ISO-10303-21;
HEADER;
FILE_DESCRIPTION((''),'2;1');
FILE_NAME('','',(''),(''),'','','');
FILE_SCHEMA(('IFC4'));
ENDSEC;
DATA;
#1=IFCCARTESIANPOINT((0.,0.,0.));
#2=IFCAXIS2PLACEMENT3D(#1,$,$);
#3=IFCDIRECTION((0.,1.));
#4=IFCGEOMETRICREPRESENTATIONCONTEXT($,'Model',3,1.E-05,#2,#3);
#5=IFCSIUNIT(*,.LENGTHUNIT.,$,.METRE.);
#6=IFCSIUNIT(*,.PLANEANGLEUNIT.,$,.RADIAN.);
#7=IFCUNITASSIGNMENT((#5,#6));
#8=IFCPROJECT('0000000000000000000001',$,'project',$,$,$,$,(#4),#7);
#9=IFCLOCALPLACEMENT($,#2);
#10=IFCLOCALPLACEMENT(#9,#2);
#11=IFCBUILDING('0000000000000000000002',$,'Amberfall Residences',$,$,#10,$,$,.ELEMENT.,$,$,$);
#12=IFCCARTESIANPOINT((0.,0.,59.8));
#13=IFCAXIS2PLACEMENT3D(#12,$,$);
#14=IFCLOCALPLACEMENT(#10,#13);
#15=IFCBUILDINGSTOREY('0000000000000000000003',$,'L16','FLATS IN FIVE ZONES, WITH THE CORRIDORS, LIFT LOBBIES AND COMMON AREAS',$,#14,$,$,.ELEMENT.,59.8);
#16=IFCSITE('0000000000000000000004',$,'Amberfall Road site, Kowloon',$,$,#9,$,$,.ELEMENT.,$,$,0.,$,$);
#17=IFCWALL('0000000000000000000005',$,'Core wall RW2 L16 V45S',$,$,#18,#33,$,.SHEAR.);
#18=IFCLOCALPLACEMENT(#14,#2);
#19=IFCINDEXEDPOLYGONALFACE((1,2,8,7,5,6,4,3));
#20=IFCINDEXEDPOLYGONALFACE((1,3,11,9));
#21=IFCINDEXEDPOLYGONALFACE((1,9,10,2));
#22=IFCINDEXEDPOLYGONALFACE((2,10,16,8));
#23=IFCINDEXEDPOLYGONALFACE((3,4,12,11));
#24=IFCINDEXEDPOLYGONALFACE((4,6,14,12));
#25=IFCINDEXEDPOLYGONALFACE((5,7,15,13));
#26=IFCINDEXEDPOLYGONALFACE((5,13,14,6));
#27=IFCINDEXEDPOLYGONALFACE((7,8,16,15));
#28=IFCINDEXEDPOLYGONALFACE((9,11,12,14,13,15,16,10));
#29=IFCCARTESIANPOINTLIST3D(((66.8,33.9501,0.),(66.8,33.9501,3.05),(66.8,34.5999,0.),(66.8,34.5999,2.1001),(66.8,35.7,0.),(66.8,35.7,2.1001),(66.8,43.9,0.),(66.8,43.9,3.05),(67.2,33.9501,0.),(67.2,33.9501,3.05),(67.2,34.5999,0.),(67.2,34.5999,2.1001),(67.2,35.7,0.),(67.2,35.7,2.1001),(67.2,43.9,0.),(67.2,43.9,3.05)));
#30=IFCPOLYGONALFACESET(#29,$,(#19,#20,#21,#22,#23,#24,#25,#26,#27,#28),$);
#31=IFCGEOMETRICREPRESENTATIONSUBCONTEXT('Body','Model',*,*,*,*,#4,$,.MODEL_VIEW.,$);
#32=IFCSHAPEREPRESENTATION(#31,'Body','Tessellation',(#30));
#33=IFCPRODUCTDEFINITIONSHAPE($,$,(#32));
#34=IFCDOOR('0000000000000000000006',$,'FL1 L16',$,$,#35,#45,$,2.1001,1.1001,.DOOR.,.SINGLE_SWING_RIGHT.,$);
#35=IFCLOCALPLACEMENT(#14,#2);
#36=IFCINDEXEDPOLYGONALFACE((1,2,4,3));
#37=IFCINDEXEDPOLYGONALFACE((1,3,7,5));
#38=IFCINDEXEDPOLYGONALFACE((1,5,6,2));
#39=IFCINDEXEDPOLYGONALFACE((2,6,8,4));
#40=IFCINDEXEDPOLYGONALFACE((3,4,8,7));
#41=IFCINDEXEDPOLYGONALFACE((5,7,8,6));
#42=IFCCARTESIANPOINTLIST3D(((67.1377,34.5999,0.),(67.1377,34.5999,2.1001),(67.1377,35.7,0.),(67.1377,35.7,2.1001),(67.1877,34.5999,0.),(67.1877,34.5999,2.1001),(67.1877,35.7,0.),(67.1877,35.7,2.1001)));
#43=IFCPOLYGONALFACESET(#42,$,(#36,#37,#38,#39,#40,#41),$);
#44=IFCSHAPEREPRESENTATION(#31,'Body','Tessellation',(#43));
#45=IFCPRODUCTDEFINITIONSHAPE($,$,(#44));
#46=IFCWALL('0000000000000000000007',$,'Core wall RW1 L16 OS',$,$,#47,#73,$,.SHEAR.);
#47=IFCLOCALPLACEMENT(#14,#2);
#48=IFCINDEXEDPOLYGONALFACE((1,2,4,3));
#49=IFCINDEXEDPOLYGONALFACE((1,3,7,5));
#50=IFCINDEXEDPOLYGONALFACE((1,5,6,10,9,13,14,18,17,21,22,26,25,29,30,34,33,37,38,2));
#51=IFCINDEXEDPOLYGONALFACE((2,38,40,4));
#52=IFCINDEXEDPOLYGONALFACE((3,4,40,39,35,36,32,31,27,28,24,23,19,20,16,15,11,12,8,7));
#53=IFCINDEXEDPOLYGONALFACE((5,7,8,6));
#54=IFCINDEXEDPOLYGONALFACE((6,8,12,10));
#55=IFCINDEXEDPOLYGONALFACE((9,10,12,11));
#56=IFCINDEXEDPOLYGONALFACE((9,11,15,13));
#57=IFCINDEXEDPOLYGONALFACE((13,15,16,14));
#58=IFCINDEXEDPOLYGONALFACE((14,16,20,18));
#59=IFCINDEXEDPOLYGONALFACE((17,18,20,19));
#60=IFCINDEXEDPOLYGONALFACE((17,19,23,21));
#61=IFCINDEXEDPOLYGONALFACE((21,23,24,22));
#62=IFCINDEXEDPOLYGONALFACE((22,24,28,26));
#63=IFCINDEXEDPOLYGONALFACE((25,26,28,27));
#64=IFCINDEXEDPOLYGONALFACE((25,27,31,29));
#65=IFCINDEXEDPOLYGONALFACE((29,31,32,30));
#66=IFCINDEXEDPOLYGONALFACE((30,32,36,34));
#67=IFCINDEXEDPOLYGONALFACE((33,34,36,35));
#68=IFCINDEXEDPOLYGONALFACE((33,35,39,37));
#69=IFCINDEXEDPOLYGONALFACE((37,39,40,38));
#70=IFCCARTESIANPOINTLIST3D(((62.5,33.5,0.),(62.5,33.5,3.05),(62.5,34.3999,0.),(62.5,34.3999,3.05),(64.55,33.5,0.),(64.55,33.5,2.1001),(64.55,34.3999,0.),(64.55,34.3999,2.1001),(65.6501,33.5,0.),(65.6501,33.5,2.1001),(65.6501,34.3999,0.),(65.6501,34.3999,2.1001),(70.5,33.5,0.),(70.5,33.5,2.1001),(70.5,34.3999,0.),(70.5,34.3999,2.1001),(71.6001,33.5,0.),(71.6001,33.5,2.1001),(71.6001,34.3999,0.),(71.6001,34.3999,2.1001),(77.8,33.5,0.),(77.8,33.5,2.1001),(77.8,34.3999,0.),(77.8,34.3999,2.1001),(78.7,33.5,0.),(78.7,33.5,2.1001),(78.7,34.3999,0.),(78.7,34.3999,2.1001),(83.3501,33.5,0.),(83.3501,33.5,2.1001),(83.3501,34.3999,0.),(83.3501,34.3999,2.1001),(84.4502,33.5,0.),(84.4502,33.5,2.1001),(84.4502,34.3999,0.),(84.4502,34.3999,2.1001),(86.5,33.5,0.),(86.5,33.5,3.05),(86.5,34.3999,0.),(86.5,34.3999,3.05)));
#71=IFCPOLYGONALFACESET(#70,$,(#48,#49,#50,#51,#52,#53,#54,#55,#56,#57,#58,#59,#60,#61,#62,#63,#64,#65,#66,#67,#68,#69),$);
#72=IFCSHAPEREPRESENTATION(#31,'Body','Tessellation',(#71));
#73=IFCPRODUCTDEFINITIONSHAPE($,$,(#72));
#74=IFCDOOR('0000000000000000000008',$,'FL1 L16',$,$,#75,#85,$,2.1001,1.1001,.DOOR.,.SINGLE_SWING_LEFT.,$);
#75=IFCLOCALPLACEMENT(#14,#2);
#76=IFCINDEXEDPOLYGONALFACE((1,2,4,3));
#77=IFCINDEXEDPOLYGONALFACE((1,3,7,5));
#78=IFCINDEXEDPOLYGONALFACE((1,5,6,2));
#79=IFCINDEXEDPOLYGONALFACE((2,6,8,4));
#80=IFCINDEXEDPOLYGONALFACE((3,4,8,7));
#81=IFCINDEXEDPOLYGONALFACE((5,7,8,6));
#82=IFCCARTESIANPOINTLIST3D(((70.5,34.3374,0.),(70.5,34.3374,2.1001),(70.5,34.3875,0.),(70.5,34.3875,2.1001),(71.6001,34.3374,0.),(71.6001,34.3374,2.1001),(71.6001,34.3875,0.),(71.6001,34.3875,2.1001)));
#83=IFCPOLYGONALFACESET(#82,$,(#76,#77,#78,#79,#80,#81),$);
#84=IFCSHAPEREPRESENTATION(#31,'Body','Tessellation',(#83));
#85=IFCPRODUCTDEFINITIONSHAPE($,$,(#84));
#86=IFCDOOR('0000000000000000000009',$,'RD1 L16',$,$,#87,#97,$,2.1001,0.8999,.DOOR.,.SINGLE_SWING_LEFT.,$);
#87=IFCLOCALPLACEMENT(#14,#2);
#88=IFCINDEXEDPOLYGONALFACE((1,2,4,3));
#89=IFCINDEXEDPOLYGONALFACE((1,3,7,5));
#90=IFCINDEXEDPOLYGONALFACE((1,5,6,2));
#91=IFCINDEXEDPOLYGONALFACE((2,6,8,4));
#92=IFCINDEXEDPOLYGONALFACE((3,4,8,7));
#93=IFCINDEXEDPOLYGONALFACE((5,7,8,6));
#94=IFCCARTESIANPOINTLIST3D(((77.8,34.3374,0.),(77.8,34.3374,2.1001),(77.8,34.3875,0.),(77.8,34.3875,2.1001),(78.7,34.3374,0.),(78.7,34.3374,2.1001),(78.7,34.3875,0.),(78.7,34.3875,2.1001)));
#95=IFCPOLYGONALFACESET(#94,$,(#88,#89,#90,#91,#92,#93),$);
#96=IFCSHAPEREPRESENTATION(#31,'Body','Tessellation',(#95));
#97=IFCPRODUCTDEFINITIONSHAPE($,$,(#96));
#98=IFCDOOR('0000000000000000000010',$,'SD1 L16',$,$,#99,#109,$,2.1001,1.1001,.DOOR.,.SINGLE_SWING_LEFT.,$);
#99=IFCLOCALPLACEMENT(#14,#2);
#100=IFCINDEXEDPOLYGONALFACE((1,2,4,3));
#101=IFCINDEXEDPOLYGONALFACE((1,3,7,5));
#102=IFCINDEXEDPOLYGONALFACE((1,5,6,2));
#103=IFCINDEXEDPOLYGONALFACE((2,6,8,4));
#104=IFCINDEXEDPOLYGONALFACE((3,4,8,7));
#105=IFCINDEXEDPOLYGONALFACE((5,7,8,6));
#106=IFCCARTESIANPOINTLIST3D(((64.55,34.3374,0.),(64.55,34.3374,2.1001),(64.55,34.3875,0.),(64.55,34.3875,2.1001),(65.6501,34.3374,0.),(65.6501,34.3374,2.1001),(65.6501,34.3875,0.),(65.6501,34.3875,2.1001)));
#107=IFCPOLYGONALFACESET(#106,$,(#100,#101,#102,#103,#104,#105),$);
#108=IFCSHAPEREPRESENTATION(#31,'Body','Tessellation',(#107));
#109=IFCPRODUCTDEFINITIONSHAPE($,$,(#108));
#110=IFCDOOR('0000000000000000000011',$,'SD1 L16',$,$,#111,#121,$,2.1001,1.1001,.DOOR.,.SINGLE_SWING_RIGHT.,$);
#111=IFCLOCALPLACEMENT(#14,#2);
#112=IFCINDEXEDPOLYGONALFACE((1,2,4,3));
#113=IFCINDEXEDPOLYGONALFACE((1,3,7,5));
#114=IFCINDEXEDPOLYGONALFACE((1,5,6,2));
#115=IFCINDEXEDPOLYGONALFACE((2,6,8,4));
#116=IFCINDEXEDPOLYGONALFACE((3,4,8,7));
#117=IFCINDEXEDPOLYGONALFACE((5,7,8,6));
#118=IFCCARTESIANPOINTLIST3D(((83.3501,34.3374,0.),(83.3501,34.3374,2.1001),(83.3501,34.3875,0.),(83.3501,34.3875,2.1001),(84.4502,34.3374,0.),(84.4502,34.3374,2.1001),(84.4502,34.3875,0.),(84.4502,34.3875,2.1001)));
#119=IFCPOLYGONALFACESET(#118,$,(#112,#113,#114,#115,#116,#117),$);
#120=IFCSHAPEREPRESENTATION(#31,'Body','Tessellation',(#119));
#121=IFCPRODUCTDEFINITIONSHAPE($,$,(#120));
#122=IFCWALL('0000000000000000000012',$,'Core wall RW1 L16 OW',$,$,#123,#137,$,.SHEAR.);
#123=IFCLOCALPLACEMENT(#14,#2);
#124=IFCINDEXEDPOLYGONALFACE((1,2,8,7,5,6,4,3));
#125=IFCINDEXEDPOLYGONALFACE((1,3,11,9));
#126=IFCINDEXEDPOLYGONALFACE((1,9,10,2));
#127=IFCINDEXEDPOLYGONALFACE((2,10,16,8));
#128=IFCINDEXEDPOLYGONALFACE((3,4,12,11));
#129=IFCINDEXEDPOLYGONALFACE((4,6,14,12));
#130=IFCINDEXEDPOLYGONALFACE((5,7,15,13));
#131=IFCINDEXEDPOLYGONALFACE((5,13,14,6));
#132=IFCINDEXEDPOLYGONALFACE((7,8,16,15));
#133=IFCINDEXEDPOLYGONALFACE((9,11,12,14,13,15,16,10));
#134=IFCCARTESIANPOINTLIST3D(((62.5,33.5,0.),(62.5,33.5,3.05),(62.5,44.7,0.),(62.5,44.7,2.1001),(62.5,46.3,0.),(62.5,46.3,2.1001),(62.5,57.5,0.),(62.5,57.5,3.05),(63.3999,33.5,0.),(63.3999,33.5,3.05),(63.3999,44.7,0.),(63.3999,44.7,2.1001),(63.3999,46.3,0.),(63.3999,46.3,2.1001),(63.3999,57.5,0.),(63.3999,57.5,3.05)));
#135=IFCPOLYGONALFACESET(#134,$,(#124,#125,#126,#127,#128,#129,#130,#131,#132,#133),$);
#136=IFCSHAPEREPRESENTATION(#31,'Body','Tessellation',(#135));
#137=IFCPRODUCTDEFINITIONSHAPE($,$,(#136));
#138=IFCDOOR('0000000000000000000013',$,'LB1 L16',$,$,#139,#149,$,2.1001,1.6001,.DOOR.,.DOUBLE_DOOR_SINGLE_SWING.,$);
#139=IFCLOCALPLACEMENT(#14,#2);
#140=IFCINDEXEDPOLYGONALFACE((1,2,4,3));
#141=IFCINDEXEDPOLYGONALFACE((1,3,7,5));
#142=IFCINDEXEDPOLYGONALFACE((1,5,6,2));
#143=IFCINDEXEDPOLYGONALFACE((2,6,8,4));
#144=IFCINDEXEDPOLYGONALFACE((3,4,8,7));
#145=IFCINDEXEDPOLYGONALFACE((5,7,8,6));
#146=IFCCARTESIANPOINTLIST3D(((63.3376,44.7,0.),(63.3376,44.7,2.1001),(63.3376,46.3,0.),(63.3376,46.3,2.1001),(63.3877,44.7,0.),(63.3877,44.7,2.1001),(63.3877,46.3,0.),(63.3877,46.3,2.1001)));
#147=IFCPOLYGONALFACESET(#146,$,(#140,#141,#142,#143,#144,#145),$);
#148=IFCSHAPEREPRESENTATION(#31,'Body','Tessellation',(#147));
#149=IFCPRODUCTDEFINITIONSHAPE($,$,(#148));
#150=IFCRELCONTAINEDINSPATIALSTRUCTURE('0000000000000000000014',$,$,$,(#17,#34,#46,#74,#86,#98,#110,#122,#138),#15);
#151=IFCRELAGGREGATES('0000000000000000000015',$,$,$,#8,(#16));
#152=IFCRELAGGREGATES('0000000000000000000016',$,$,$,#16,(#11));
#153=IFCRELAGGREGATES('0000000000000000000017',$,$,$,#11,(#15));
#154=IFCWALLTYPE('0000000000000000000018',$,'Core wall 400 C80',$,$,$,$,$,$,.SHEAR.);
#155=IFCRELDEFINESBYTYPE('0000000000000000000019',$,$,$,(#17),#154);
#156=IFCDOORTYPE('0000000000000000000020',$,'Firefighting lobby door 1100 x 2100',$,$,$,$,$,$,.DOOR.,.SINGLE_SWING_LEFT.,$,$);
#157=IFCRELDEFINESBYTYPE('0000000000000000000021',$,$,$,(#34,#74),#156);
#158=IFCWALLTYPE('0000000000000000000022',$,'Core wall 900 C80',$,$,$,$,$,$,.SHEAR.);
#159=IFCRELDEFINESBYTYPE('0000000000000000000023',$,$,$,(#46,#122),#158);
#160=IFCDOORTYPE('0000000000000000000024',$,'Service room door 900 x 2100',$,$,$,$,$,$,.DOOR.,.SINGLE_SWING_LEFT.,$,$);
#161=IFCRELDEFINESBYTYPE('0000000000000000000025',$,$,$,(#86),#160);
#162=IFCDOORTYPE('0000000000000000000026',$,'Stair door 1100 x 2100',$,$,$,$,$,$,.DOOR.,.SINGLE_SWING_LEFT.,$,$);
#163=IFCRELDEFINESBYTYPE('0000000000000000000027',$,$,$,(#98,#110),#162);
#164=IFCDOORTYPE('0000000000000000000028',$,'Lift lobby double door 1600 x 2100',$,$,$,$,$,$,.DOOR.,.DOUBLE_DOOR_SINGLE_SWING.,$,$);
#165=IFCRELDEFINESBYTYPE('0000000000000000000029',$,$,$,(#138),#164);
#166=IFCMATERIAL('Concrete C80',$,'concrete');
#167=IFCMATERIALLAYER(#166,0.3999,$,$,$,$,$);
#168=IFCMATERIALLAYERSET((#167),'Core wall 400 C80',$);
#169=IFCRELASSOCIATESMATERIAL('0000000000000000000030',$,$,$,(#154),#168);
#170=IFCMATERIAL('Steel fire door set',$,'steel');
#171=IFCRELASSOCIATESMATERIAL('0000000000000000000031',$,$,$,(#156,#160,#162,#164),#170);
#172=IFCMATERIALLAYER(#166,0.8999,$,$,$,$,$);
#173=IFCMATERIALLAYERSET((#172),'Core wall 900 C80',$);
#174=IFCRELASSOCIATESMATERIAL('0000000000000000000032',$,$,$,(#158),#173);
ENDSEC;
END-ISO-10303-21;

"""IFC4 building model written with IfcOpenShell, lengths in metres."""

from ifc_helpers import new_model, si_unit, direction, frame, frame_2d, origin, place, context, subcontext, project, spatial, rectangle, extrude, material, layer, layer_set, type_object, element, fill, save


model = new_model("IFC4")

# Units and contexts
model_context = context("Model", 3, precision=1e-05, world=origin(), true_north=direction((0.0, 1.0)))
body_context = subcontext(model_context, "Body", "Model", "MODEL_VIEW")
ifc_project = project(units=[si_unit("LENGTHUNIT", "METRE"), si_unit("PLANEANGLEUNIT", "RADIAN")], contexts=[model_context])

# Site, building, storey
site_placement = place(None, origin())
site = spatial("IfcSite", under=ifc_project, at=site_placement, Name="Amberfall Road site, Kowloon", CompositionType="ELEMENT", RefElevation=0.0)
building_placement = place(site_placement, origin())
building = spatial("IfcBuilding", under=site, at=building_placement, Name="Amberfall Residences", CompositionType="ELEMENT")
storey_placement = place(building_placement, frame((0.0, 0.0, 59.8)))
storey = spatial("IfcBuildingStorey", under=building, at=storey_placement, Name="L16", Description="FLATS IN FIVE ZONES, WITH THE CORRIDORS, LIFT LOBBIES AND COMMON AREAS", CompositionType="ELEMENT", Elevation=59.8)

# Wall, opening, door
ifc_material_1 = material(Name="Concrete C80", Category="concrete")
ifc_layer_1 = layer(ifc_material_1, 0.3999)
ifc_layer_set_1 = layer_set([ifc_layer_1], Name="Core wall 400 C80")
wall_type_1 = type_object("IfcWallType", Name="Core wall 400 C80", PredefinedType="SHEAR", material=ifc_layer_set_1)
wall_1_placement = place(storey_placement, frame((67.0, 33.95, 0.0), z_axis=(0.0, 0.0, 1.0), x_axis=(0.0, 1.0, 0.0)))
wall_1 = element("IfcWall", 1, at=wall_1_placement, inside=storey, type_object=wall_type_1, Name="Core wall RW2 L16 V45S", PredefinedType="SHEAR", context=body_context, shape_type="SweptSolid", body=[
    extrude(rectangle(XDim=9.95, YDim=0.3999, at=frame_2d((4.9751, 0.0))), origin(), (0.0, 0.0, 1.0), 3.05),
])
opening_1_placement = place(wall_1_placement, frame((0.6499, 0.0, 0.0)))
opening_1 = element("IfcOpeningElement", 2, at=opening_1_placement, cuts=wall_1, PredefinedType="OPENING", context=body_context, shape_type="SweptSolid", body=[
    extrude(rectangle(XDim=1.1001, YDim=2.1001, at=frame_2d((0.55, 1.05))), frame((0.0, 0.21, 0.0), z_axis=(0.0, -1.0, 0.0), x_axis=(1.0, 0.0, 0.0)), (0.0, 0.0, 1.0), 0.4199),
])
ifc_material_2 = material(Name="Steel fire door set", Category="steel")
door_type_1 = type_object("IfcDoorType", Name="Firefighting lobby door 1100 x 2100", OperationType="SINGLE_SWING_LEFT", PredefinedType="DOOR", material=ifc_material_2)
door_1_placement = place(opening_1_placement, origin())
door_1 = element("IfcDoor", 3, at=door_1_placement, inside=storey, type_object=door_type_1, Name="FL1 L16", OperationType="SINGLE_SWING_RIGHT", OverallHeight=2.1001, OverallWidth=1.1001, PredefinedType="DOOR", context=body_context, shape_type="SweptSolid", body=[
    extrude(rectangle(XDim=1.1001, YDim=2.1001, at=frame_2d((0.55, 1.05))), frame((0.0, -0.1377, 0.0), z_axis=(0.0, -1.0, 0.0), x_axis=(1.0, 0.0, 0.0)), (0.0, 0.0, 1.0), 0.05),
])
fill(opening_1, door_1)

# Wall, openings, doors
ifc_layer_2 = layer(ifc_material_1, 0.8999)
ifc_layer_set_2 = layer_set([ifc_layer_2], Name="Core wall 900 C80")
wall_type_2 = type_object("IfcWallType", Name="Core wall 900 C80", PredefinedType="SHEAR", material=ifc_layer_set_2)
wall_2_placement = place(storey_placement, frame((62.5, 33.95, 0.0), z_axis=(0.0, 0.0, 1.0), x_axis=(1.0, 0.0, 0.0)))
wall_2 = element("IfcWall", 4, at=wall_2_placement, inside=storey, type_object=wall_type_2, Name="Core wall RW1 L16 OS", PredefinedType="SHEAR", context=body_context, shape_type="SweptSolid", body=[
    extrude(rectangle(XDim=24.0, YDim=0.8999, at=frame_2d((12.0, 0.0))), origin(), (0.0, 0.0, 1.0), 3.05),
])
opening_2_placement = place(wall_2_placement, frame((2.05, 0.0, 0.0)))
opening_2 = element("IfcOpeningElement", 5, at=opening_2_placement, cuts=wall_2, PredefinedType="OPENING", context=body_context, shape_type="SweptSolid", body=[
    extrude(rectangle(XDim=1.1001, YDim=2.1001, at=frame_2d((0.55, 1.05))), frame((0.0, 0.46, 0.0), z_axis=(0.0, -1.0, 0.0), x_axis=(1.0, 0.0, 0.0)), (0.0, 0.0, 1.0), 0.9199),
])
opening_3_placement = place(wall_2_placement, frame((20.8501, 0.0, 0.0)))
opening_3 = element("IfcOpeningElement", 6, at=opening_3_placement, cuts=wall_2, PredefinedType="OPENING", context=body_context, shape_type="SweptSolid", body=[
    extrude(rectangle(XDim=1.1001, YDim=2.1001, at=frame_2d((0.55, 1.05))), frame((0.0, 0.46, 0.0), z_axis=(0.0, -1.0, 0.0), x_axis=(1.0, 0.0, 0.0)), (0.0, 0.0, 1.0), 0.9199),
])
opening_4_placement = place(wall_2_placement, frame((8.0, 0.0, 0.0)))
opening_4 = element("IfcOpeningElement", 7, at=opening_4_placement, cuts=wall_2, PredefinedType="OPENING", context=body_context, shape_type="SweptSolid", body=[
    extrude(rectangle(XDim=1.1001, YDim=2.1001, at=frame_2d((0.55, 1.05))), frame((0.0, 0.46, 0.0), z_axis=(0.0, -1.0, 0.0), x_axis=(1.0, 0.0, 0.0)), (0.0, 0.0, 1.0), 0.9199),
])
opening_5_placement = place(wall_2_placement, frame((15.3, 0.0, 0.0)))
opening_5 = element("IfcOpeningElement", 8, at=opening_5_placement, cuts=wall_2, PredefinedType="OPENING", context=body_context, shape_type="SweptSolid", body=[
    extrude(rectangle(XDim=0.8999, YDim=2.1001, at=frame_2d((0.45, 1.05))), frame((0.0, 0.46, 0.0), z_axis=(0.0, -1.0, 0.0), x_axis=(1.0, 0.0, 0.0)), (0.0, 0.0, 1.0), 0.9199),
])
door_2_placement = place(opening_4_placement, origin())
door_2 = element("IfcDoor", 9, at=door_2_placement, inside=storey, type_object=door_type_1, Name="FL1 L16", OperationType="SINGLE_SWING_LEFT", OverallHeight=2.1001, OverallWidth=1.1001, PredefinedType="DOOR", context=body_context, shape_type="SweptSolid", body=[
    extrude(rectangle(XDim=1.1001, YDim=2.1001, at=frame_2d((0.55, 1.05))), frame((0.0, 0.4375, 0.0), z_axis=(0.0, -1.0, 0.0), x_axis=(1.0, 0.0, 0.0)), (0.0, 0.0, 1.0), 0.05),
])
fill(opening_4, door_2)
door_type_2 = type_object("IfcDoorType", Name="Service room door 900 x 2100", OperationType="SINGLE_SWING_LEFT", PredefinedType="DOOR", material=ifc_material_2)
door_3_placement = place(opening_5_placement, origin())
door_3 = element("IfcDoor", 10, at=door_3_placement, inside=storey, type_object=door_type_2, Name="RD1 L16", OperationType="SINGLE_SWING_LEFT", OverallHeight=2.1001, OverallWidth=0.8999, PredefinedType="DOOR", context=body_context, shape_type="SweptSolid", body=[
    extrude(rectangle(XDim=0.8999, YDim=2.1001, at=frame_2d((0.45, 1.05))), frame((0.0, 0.4375, 0.0), z_axis=(0.0, -1.0, 0.0), x_axis=(1.0, 0.0, 0.0)), (0.0, 0.0, 1.0), 0.05),
])
fill(opening_5, door_3)
door_type_3 = type_object("IfcDoorType", Name="Stair door 1100 x 2100", OperationType="SINGLE_SWING_LEFT", PredefinedType="DOOR", material=ifc_material_2)
door_4_placement = place(opening_2_placement, origin())
door_4 = element("IfcDoor", 11, at=door_4_placement, inside=storey, type_object=door_type_3, Name="SD1 L16", OperationType="SINGLE_SWING_LEFT", OverallHeight=2.1001, OverallWidth=1.1001, PredefinedType="DOOR", context=body_context, shape_type="SweptSolid", body=[
    extrude(rectangle(XDim=1.1001, YDim=2.1001, at=frame_2d((0.55, 1.05))), frame((0.0, 0.4375, 0.0), z_axis=(0.0, -1.0, 0.0), x_axis=(1.0, 0.0, 0.0)), (0.0, 0.0, 1.0), 0.05),
])
fill(opening_2, door_4)
door_5_placement = place(opening_3_placement, origin())
door_5 = element("IfcDoor", 12, at=door_5_placement, inside=storey, type_object=door_type_3, Name="SD1 L16", OperationType="SINGLE_SWING_RIGHT", OverallHeight=2.1001, OverallWidth=1.1001, PredefinedType="DOOR", context=body_context, shape_type="SweptSolid", body=[
    extrude(rectangle(XDim=1.1001, YDim=2.1001, at=frame_2d((0.55, 1.05))), frame((0.0, 0.4375, 0.0), z_axis=(0.0, -1.0, 0.0), x_axis=(1.0, 0.0, 0.0)), (0.0, 0.0, 1.0), 0.05),
])
fill(opening_3, door_5)

# Wall, opening, door
wall_3_placement = place(storey_placement, frame((62.95, 33.5, 0.0), z_axis=(0.0, 0.0, 1.0), x_axis=(0.0, 1.0, 0.0)))
wall_3 = element("IfcWall", 13, at=wall_3_placement, inside=storey, type_object=wall_type_2, Name="Core wall RW1 L16 OW", PredefinedType="SHEAR", context=body_context, shape_type="SweptSolid", body=[
    extrude(rectangle(XDim=24.0, YDim=0.8999, at=frame_2d((12.0, 0.0))), origin(), (0.0, 0.0, 1.0), 3.05),
])
opening_6_placement = place(wall_3_placement, frame((11.2, 0.0, 0.0)))
opening_6 = element("IfcOpeningElement", 14, at=opening_6_placement, cuts=wall_3, PredefinedType="OPENING", context=body_context, shape_type="SweptSolid", body=[
    extrude(rectangle(XDim=1.6001, YDim=2.1001, at=frame_2d((0.8, 1.05))), frame((0.0, 0.46, 0.0), z_axis=(0.0, -1.0, 0.0), x_axis=(1.0, 0.0, 0.0)), (0.0, 0.0, 1.0), 0.9199),
])
door_type_4 = type_object("IfcDoorType", Name="Lift lobby double door 1600 x 2100", OperationType="DOUBLE_DOOR_SINGLE_SWING", PredefinedType="DOOR", material=ifc_material_2)
door_6_placement = place(opening_6_placement, origin())
door_6 = element("IfcDoor", 15, at=door_6_placement, inside=storey, type_object=door_type_4, Name="LB1 L16", OperationType="DOUBLE_DOOR_SINGLE_SWING", OverallHeight=2.1001, OverallWidth=1.6001, PredefinedType="DOOR", context=body_context, shape_type="SweptSolid", body=[
    extrude(rectangle(XDim=1.6001, YDim=2.1001, at=frame_2d((0.8, 1.05))), frame((0.0, -0.3877, 0.0), z_axis=(0.0, -1.0, 0.0), x_axis=(1.0, 0.0, 0.0)), (0.0, 0.0, 1.0), 0.05),
])
fill(opening_6, door_6)

save(model, "model.ifc")
